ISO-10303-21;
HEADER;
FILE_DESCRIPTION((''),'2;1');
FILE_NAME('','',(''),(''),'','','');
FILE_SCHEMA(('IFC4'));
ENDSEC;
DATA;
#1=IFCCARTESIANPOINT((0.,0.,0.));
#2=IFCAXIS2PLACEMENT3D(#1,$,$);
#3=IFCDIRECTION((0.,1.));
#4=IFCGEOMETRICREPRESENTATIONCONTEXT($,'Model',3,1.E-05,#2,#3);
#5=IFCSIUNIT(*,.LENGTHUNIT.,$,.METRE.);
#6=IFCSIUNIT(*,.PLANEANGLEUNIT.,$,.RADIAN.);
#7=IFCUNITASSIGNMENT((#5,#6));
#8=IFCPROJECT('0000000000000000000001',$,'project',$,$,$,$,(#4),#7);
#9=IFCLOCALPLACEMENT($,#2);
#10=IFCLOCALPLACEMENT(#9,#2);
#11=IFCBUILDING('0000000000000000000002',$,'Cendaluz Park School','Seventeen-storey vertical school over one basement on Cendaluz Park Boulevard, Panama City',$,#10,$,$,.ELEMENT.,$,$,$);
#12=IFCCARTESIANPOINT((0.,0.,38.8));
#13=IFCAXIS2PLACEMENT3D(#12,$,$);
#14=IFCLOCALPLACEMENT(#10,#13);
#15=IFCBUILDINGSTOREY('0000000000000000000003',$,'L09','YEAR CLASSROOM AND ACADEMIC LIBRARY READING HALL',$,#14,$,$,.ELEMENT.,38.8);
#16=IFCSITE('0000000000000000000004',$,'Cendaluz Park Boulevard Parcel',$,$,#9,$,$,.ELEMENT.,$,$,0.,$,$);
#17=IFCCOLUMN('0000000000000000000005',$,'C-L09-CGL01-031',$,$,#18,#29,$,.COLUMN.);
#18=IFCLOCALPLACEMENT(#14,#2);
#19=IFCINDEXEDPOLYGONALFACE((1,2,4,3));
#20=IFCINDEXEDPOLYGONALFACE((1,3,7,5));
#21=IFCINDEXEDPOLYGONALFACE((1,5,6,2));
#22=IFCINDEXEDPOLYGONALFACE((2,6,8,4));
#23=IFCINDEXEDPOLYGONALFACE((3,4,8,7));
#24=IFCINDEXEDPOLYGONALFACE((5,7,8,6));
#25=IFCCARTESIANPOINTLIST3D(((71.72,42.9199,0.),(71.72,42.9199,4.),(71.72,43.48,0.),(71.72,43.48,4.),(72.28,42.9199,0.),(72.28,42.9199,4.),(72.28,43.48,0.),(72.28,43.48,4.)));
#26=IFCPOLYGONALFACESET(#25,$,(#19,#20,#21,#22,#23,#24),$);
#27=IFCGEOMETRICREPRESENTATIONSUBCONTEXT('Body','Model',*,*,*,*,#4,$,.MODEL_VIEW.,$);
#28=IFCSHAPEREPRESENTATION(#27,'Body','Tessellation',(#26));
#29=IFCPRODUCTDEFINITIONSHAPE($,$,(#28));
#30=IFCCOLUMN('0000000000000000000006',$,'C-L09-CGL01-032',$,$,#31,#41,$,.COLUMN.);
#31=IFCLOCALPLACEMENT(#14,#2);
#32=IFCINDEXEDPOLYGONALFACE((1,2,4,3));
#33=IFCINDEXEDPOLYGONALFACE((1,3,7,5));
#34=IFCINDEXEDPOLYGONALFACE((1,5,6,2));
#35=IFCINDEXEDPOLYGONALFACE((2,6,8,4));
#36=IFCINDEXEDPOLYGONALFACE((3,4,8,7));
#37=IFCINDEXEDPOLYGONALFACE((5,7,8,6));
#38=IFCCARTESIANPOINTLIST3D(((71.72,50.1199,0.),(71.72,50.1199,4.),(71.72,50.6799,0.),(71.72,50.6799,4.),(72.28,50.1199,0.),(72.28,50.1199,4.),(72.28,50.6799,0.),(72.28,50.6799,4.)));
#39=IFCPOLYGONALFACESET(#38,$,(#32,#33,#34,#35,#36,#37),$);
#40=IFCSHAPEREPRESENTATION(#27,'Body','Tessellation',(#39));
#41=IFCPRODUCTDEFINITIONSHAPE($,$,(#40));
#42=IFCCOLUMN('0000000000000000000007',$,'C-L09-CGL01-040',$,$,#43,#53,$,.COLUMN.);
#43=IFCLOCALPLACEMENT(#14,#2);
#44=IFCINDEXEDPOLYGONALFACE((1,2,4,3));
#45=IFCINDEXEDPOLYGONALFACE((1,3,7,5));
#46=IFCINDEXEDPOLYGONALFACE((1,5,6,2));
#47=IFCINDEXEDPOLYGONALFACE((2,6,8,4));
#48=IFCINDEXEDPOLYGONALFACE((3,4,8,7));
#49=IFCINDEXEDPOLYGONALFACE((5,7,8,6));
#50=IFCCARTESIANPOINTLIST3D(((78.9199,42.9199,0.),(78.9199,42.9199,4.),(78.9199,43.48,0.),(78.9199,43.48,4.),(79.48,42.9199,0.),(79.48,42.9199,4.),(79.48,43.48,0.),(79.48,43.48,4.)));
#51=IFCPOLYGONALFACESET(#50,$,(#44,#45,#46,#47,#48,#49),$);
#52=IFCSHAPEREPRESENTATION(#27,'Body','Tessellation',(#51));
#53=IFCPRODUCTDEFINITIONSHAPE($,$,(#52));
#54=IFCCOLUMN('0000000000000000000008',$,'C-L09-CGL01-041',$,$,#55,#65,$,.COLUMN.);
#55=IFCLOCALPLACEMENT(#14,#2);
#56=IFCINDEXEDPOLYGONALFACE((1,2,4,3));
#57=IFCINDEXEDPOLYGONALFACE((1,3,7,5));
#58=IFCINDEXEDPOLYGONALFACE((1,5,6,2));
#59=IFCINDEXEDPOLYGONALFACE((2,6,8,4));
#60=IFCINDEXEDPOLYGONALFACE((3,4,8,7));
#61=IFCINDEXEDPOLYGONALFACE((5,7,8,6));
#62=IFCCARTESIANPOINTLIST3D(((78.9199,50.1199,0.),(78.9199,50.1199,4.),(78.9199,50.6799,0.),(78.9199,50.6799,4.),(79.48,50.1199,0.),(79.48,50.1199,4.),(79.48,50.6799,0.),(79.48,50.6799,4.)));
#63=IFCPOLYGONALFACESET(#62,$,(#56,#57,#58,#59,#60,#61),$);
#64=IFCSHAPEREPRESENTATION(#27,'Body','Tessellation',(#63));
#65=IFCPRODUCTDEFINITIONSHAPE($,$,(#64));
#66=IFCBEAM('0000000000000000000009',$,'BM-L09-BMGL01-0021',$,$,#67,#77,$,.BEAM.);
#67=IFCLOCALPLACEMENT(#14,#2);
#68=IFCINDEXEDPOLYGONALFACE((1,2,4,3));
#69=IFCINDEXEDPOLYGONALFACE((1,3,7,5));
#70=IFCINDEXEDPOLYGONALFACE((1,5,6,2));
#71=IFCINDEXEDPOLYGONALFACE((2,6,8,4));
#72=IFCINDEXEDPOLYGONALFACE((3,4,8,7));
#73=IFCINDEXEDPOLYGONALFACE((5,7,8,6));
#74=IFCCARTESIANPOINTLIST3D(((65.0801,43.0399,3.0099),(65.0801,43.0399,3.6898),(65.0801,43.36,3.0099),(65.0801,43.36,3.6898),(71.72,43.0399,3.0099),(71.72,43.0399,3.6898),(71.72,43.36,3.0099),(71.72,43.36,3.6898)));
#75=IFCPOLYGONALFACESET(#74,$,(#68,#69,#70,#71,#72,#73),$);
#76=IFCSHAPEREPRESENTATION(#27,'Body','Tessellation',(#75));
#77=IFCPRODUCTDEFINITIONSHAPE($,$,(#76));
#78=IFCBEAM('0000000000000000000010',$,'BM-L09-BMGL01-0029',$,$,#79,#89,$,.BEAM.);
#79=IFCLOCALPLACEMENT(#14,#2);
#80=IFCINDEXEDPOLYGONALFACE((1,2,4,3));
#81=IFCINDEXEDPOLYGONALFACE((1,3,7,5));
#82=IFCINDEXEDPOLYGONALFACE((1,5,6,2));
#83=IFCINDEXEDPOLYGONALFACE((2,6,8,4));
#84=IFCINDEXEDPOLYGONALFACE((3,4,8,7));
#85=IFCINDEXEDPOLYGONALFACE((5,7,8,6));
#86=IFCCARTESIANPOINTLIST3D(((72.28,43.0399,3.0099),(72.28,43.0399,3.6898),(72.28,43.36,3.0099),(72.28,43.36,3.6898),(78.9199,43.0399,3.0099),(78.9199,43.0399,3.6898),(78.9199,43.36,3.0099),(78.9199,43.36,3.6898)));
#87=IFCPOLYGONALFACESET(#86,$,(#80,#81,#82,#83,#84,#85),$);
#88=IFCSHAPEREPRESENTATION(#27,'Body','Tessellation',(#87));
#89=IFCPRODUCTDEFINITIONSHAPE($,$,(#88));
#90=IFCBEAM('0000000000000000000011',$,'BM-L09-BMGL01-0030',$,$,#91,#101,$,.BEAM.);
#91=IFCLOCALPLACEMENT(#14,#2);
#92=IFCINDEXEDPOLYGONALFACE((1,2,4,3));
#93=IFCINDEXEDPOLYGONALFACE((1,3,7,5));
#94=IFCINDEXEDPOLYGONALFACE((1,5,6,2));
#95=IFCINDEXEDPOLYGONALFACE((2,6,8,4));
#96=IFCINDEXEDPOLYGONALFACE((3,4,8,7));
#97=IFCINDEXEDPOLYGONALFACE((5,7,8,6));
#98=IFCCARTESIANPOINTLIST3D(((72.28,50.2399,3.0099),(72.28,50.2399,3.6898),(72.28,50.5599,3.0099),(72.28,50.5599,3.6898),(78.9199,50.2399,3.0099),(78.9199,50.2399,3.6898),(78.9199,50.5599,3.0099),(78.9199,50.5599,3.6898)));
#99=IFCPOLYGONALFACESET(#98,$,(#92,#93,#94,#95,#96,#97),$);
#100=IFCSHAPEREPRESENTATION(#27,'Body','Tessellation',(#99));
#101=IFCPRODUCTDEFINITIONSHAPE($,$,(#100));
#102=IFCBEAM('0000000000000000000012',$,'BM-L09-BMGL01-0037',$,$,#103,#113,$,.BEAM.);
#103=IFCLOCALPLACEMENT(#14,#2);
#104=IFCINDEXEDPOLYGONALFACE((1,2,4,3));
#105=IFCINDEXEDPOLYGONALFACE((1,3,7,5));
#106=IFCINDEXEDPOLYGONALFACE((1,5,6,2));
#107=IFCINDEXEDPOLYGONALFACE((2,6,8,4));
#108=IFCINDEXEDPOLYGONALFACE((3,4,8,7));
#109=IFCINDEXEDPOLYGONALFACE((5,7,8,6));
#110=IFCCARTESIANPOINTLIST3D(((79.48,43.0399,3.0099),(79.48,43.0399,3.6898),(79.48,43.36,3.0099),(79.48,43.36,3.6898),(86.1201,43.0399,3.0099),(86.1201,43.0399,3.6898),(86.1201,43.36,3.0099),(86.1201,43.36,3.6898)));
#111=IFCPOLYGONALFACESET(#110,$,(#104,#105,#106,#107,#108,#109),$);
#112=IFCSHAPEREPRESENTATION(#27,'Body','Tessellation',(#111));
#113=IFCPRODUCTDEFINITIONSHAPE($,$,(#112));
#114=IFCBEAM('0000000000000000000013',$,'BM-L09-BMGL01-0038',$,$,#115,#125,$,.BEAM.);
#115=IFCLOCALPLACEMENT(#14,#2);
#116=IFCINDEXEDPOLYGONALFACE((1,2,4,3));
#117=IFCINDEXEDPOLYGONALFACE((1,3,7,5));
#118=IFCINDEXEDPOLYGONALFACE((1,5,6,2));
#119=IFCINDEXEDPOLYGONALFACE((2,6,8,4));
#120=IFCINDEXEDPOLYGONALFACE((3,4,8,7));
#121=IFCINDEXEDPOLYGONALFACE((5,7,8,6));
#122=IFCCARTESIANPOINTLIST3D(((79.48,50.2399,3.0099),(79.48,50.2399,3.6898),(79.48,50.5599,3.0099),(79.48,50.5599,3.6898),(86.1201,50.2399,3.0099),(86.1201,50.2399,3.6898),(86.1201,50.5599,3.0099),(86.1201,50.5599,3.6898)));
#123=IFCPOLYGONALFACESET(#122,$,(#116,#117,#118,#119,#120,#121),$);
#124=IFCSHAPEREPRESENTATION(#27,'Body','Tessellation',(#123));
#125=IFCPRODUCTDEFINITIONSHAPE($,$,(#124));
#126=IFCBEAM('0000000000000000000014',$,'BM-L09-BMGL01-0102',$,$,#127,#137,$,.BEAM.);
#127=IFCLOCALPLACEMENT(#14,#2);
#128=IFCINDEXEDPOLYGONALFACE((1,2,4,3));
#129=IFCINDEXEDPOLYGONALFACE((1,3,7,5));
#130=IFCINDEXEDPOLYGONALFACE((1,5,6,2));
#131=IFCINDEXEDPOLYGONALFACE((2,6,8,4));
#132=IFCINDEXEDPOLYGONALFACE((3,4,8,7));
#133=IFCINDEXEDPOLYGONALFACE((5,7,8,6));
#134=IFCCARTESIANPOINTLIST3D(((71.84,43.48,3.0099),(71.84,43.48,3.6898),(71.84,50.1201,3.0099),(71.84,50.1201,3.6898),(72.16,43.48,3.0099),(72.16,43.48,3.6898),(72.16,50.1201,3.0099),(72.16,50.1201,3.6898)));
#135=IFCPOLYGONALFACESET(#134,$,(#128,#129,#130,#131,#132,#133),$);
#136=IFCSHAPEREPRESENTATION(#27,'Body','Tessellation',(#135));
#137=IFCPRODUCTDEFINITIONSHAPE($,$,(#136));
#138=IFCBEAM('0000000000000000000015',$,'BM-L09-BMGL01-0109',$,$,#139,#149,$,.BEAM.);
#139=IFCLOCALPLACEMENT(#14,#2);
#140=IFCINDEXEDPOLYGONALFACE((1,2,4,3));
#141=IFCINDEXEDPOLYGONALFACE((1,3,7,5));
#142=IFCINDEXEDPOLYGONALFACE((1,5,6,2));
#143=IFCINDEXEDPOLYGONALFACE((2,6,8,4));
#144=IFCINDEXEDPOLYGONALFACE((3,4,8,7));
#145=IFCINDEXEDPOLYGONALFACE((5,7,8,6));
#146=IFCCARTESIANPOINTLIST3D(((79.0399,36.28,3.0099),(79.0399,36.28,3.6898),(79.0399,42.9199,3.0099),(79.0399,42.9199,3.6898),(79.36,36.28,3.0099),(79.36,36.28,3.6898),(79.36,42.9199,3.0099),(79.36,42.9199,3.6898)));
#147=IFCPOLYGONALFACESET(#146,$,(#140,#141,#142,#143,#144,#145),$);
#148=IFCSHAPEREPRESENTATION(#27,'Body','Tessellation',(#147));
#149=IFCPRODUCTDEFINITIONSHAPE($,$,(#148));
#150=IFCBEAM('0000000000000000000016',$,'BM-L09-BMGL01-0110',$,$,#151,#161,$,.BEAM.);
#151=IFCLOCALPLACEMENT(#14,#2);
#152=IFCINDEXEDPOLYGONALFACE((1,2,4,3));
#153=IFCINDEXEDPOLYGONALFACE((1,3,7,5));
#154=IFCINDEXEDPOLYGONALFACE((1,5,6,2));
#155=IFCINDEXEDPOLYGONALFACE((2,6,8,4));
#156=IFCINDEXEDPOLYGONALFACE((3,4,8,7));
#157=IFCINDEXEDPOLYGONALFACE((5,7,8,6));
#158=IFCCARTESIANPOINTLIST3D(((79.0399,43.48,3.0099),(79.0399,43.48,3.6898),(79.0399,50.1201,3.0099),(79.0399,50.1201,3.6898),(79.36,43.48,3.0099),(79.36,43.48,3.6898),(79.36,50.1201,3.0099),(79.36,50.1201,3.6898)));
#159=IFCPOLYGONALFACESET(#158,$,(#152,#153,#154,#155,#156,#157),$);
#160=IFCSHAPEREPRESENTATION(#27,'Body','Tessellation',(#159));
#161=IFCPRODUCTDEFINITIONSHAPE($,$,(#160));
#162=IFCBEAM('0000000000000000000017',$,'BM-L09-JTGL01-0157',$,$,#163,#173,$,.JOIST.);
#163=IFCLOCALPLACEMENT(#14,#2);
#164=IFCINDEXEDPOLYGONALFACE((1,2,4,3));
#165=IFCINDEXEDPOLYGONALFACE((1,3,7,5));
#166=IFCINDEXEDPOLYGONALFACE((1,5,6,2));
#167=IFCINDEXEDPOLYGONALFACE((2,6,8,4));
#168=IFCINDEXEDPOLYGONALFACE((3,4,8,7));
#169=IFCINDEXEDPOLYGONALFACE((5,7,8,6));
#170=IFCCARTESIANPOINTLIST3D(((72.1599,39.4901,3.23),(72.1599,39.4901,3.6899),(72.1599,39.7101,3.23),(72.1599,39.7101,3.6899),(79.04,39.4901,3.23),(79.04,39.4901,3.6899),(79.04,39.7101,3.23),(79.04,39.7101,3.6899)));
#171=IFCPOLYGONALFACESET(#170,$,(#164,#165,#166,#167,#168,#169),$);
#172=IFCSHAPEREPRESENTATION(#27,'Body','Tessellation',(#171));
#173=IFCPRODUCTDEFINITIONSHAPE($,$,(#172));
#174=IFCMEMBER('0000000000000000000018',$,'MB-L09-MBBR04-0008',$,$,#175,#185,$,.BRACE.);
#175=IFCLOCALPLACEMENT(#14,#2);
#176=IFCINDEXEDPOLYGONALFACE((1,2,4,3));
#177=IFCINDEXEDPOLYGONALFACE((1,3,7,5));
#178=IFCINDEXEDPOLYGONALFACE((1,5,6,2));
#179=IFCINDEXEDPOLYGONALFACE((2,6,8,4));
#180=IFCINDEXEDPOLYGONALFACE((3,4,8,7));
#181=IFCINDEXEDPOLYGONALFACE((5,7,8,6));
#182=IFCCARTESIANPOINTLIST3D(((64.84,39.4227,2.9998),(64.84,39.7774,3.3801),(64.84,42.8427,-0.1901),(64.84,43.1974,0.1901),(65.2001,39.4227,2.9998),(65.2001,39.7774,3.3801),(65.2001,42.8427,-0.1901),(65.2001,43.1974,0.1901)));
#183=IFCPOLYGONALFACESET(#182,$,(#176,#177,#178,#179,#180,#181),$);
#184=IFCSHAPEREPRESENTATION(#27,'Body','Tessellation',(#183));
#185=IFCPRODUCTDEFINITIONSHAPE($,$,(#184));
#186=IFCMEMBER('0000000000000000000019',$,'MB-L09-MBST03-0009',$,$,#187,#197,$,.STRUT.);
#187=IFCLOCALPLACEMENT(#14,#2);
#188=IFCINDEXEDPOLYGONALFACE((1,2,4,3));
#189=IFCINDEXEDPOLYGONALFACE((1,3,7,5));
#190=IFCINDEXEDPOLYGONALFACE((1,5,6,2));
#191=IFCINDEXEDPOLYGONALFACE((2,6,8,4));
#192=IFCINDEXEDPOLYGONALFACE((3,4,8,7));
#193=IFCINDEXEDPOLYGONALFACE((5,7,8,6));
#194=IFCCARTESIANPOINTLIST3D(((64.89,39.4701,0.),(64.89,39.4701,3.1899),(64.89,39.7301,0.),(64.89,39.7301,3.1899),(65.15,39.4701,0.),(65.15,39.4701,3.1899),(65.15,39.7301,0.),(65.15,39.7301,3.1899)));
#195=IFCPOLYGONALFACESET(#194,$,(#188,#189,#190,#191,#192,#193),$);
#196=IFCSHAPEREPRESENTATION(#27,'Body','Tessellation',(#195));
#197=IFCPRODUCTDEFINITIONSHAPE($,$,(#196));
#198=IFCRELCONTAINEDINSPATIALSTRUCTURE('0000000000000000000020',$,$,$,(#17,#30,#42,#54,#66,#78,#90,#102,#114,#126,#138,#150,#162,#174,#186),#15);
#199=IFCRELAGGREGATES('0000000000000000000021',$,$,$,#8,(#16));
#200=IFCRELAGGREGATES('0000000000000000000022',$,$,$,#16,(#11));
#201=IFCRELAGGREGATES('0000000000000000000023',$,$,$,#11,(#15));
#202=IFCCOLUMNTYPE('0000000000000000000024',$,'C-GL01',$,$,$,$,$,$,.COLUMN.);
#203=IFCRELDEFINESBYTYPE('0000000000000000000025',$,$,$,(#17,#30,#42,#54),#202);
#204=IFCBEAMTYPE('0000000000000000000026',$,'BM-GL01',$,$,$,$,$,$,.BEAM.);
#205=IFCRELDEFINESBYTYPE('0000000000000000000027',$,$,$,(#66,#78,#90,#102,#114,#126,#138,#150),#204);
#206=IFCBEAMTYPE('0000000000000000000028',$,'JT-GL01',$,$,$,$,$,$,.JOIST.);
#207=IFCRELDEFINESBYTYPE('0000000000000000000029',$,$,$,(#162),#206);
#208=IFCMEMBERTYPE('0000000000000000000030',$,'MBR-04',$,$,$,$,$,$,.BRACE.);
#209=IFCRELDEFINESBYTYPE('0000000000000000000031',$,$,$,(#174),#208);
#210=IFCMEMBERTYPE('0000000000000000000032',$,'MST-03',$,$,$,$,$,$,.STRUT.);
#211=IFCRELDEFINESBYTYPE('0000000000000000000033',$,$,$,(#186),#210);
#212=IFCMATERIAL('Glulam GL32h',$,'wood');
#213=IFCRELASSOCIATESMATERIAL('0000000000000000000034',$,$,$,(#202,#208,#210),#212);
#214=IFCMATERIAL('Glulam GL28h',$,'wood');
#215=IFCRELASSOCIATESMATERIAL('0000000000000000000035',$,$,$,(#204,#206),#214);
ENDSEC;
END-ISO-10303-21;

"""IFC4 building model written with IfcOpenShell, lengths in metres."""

from ifc_helpers import new_model, si_unit, direction, frame, origin, origin_2d, place, context, subcontext, project, spatial, rectangle, extrude, material, material_profile, profile_set, type_object, element, save


model = new_model("IFC4")

# Units and contexts
model_context = context("Model", 3, precision=1e-05, world=origin(), true_north=direction((0.0, 1.0)))
body_context = subcontext(model_context, "Body", "Model", "MODEL_VIEW")
ifc_project = project(units=[si_unit("LENGTHUNIT", "METRE"), si_unit("PLANEANGLEUNIT", "RADIAN")], contexts=[model_context])

# Site, building, storey
site_placement = place(None, origin())
site = spatial("IfcSite", under=ifc_project, at=site_placement, Name="Cendaluz Park Boulevard Parcel", CompositionType="ELEMENT", RefElevation=0.0)
building_placement = place(site_placement, origin())
building = spatial("IfcBuilding", under=site, at=building_placement, Name="Cendaluz Park School", Description="Seventeen-storey vertical school over one basement on Cendaluz Park Boulevard, Panama City", CompositionType="ELEMENT")
storey_placement = place(building_placement, frame((0.0, 0.0, 38.8)))
storey = spatial("IfcBuildingStorey", under=building, at=storey_placement, Name="L09", Description="YEAR CLASSROOM AND ACADEMIC LIBRARY READING HALL", CompositionType="ELEMENT", Elevation=38.8)

# Columns
ifc_material_1 = material(Name="Glulam GL32h", Category="wood")
ifc_material_profile_1 = material_profile(ifc_material_1, rectangle(XDim=0.5601, YDim=0.5601, at=origin_2d()), Name="GL32h 560x560", Category="wood")
ifc_profile_set_1 = profile_set([ifc_material_profile_1], Name="Glulam GL32h")
column_type = type_object("IfcColumnType", Name="C-GL01", PredefinedType="COLUMN", material=ifc_profile_set_1)
for number, where, z_axis, x_axis, name in (
    (1, (72.0, 43.2, 0.0), (0.0, 0.0, 1.0), (1.0, 0.0, 0.0), "C-L09-CGL01-031"),
    (2, (72.0, 50.3999, 0.0), (0.0, 0.0, 1.0), (1.0, 0.0, 0.0), "C-L09-CGL01-032"),
    (3, (79.2, 43.2, 0.0), (0.0, 0.0, 1.0), (1.0, 0.0, 0.0), "C-L09-CGL01-040"),
    (4, (79.2, 50.3999, 0.0), (0.0, 0.0, 1.0), (1.0, 0.0, 0.0), "C-L09-CGL01-041"),
):
    element("IfcColumn", number, at=place(storey_placement, frame(where, z_axis=z_axis, x_axis=x_axis)), inside=storey, type_object=column_type, Name=name, PredefinedType="COLUMN", context=body_context, shape_type="SweptSolid", body=[
        extrude(rectangle(XDim=0.5601, YDim=0.5601, at=origin_2d()), origin(), (0.0, 0.0, 1.0), 4.0),
    ])

# Beams
ifc_material_2 = material(Name="Glulam GL28h", Category="wood")
ifc_material_profile_2 = material_profile(ifc_material_2, rectangle(XDim=0.3201, YDim=0.6799, at=origin_2d()), Name="GL28h 320x680", Category="wood")
ifc_profile_set_2 = profile_set([ifc_material_profile_2], Name="Glulam GL28h")
beam_type_1 = type_object("IfcBeamType", Name="BM-GL01", PredefinedType="BEAM", material=ifc_profile_set_2)
for number, where, z_axis, x_axis, name in (
    (5, (65.0801, 43.2, 3.3499), (1.0, 0.0, 0.0), (0.0, 1.0, 0.0), "BM-L09-BMGL01-0021"),
    (6, (72.28, 43.2, 3.3499), (1.0, 0.0, 0.0), (0.0, 1.0, 0.0), "BM-L09-BMGL01-0029"),
    (7, (72.28, 50.3999, 3.3499), (1.0, 0.0, 0.0), (0.0, 1.0, 0.0), "BM-L09-BMGL01-0030"),
):
    element("IfcBeam", number, at=place(storey_placement, frame(where, z_axis=z_axis, x_axis=x_axis)), inside=storey, type_object=beam_type_1, Name=name, PredefinedType="BEAM", context=body_context, shape_type="SweptSolid", body=[
        extrude(rectangle(XDim=0.3201, YDim=0.6799, at=origin_2d()), origin(), (0.0, 0.0, 1.0), 6.6399),
    ])
for number, where, z_axis, x_axis, name in (
    (8, (79.48, 43.2, 3.3499), (1.0, 0.0, 0.0), (0.0, 1.0, 0.0), "BM-L09-BMGL01-0037"),
    (9, (79.48, 50.3999, 3.3499), (1.0, 0.0, 0.0), (0.0, 1.0, 0.0), "BM-L09-BMGL01-0038"),
    (10, (72.0, 43.48, 3.3499), (0.0, 1.0, 0.0), (-1.0, 0.0, 0.0), "BM-L09-BMGL01-0102"),
):
    element("IfcBeam", number, at=place(storey_placement, frame(where, z_axis=z_axis, x_axis=x_axis)), inside=storey, type_object=beam_type_1, Name=name, PredefinedType="BEAM", context=body_context, shape_type="SweptSolid", body=[
        extrude(rectangle(XDim=0.3201, YDim=0.6799, at=origin_2d()), origin(), (0.0, 0.0, 1.0), 6.6401),
    ])
beam_1_placement = place(storey_placement, frame((79.2, 36.28, 3.3499), z_axis=(0.0, 1.0, 0.0), x_axis=(-1.0, 0.0, 0.0)))
element("IfcBeam", 11, at=beam_1_placement, inside=storey, type_object=beam_type_1, Name="BM-L09-BMGL01-0109", PredefinedType="BEAM", context=body_context, shape_type="SweptSolid", body=[
    extrude(rectangle(XDim=0.3201, YDim=0.6799, at=origin_2d()), origin(), (0.0, 0.0, 1.0), 6.6399),
])
beam_2_placement = place(storey_placement, frame((79.2, 43.48, 3.3499), z_axis=(0.0, 1.0, 0.0), x_axis=(-1.0, 0.0, 0.0)))
element("IfcBeam", 12, at=beam_2_placement, inside=storey, type_object=beam_type_1, Name="BM-L09-BMGL01-0110", PredefinedType="BEAM", context=body_context, shape_type="SweptSolid", body=[
    extrude(rectangle(XDim=0.3201, YDim=0.6799, at=origin_2d()), origin(), (0.0, 0.0, 1.0), 6.6401),
])
ifc_material_profile_3 = material_profile(ifc_material_2, rectangle(XDim=0.22, YDim=0.46, at=origin_2d()), Name="GL28h 220x460", Category="wood")
ifc_profile_set_3 = profile_set([ifc_material_profile_3], Name="Glulam GL28h")
beam_type_2 = type_object("IfcBeamType", Name="JT-GL01", PredefinedType="JOIST", material=ifc_profile_set_3)
beam_3_placement = place(storey_placement, frame((72.1599, 39.6001, 3.46), z_axis=(1.0, 0.0, 0.0), x_axis=(0.0, 1.0, 0.0)))
element("IfcBeam", 13, at=beam_3_placement, inside=storey, type_object=beam_type_2, Name="BM-L09-JTGL01-0157", PredefinedType="JOIST", context=body_context, shape_type="SweptSolid", body=[
    extrude(rectangle(XDim=0.22, YDim=0.46, at=origin_2d()), origin(), (0.0, 0.0, 1.0), 6.8801),
])

# Members
ifc_material_profile_4 = material_profile(ifc_material_1, rectangle(XDim=0.3601, YDim=0.52, at=origin_2d()), Name="GL32h 360x520", Category="wood")
ifc_profile_set_4 = profile_set([ifc_material_profile_4], Name="Glulam GL32h")
member_type_1 = type_object("IfcMemberType", Name="MBR-04", PredefinedType="BRACE", material=ifc_profile_set_4)
member_1_placement = place(storey_placement, frame((65.02, 43.02, 0.0), z_axis=(0.0, -0.731267, 0.682091), x_axis=(1.0, 0.0, 0.0)))
element("IfcMember", 14, at=member_1_placement, inside=storey, type_object=member_type_1, Name="MB-L09-MBBR04-0008", PredefinedType="BRACE", context=body_context, shape_type="SweptSolid", body=[
    extrude(rectangle(XDim=0.3601, YDim=0.52, at=origin_2d()), origin(), (0.0, 0.0, 1.0), 4.6768),
])
ifc_material_profile_5 = material_profile(ifc_material_1, rectangle(XDim=0.26, YDim=0.26, at=origin_2d()), Name="GL32h 260x260", Category="wood")
ifc_profile_set_5 = profile_set([ifc_material_profile_5], Name="Glulam GL32h")
member_type_2 = type_object("IfcMemberType", Name="MST-03", PredefinedType="STRUT", material=ifc_profile_set_5)
member_2_placement = place(storey_placement, frame((65.02, 39.6001, 0.0), z_axis=(0.0, 0.0, 1.0), x_axis=(1.0, 0.0, 0.0)))
element("IfcMember", 15, at=member_2_placement, inside=storey, type_object=member_type_2, Name="MB-L09-MBST03-0009", PredefinedType="STRUT", context=body_context, shape_type="SweptSolid", body=[
    extrude(rectangle(XDim=0.26, YDim=0.26, at=origin_2d()), origin(), (0.0, 0.0, 1.0), 3.1899),
])

save(model, "model.ifc")
